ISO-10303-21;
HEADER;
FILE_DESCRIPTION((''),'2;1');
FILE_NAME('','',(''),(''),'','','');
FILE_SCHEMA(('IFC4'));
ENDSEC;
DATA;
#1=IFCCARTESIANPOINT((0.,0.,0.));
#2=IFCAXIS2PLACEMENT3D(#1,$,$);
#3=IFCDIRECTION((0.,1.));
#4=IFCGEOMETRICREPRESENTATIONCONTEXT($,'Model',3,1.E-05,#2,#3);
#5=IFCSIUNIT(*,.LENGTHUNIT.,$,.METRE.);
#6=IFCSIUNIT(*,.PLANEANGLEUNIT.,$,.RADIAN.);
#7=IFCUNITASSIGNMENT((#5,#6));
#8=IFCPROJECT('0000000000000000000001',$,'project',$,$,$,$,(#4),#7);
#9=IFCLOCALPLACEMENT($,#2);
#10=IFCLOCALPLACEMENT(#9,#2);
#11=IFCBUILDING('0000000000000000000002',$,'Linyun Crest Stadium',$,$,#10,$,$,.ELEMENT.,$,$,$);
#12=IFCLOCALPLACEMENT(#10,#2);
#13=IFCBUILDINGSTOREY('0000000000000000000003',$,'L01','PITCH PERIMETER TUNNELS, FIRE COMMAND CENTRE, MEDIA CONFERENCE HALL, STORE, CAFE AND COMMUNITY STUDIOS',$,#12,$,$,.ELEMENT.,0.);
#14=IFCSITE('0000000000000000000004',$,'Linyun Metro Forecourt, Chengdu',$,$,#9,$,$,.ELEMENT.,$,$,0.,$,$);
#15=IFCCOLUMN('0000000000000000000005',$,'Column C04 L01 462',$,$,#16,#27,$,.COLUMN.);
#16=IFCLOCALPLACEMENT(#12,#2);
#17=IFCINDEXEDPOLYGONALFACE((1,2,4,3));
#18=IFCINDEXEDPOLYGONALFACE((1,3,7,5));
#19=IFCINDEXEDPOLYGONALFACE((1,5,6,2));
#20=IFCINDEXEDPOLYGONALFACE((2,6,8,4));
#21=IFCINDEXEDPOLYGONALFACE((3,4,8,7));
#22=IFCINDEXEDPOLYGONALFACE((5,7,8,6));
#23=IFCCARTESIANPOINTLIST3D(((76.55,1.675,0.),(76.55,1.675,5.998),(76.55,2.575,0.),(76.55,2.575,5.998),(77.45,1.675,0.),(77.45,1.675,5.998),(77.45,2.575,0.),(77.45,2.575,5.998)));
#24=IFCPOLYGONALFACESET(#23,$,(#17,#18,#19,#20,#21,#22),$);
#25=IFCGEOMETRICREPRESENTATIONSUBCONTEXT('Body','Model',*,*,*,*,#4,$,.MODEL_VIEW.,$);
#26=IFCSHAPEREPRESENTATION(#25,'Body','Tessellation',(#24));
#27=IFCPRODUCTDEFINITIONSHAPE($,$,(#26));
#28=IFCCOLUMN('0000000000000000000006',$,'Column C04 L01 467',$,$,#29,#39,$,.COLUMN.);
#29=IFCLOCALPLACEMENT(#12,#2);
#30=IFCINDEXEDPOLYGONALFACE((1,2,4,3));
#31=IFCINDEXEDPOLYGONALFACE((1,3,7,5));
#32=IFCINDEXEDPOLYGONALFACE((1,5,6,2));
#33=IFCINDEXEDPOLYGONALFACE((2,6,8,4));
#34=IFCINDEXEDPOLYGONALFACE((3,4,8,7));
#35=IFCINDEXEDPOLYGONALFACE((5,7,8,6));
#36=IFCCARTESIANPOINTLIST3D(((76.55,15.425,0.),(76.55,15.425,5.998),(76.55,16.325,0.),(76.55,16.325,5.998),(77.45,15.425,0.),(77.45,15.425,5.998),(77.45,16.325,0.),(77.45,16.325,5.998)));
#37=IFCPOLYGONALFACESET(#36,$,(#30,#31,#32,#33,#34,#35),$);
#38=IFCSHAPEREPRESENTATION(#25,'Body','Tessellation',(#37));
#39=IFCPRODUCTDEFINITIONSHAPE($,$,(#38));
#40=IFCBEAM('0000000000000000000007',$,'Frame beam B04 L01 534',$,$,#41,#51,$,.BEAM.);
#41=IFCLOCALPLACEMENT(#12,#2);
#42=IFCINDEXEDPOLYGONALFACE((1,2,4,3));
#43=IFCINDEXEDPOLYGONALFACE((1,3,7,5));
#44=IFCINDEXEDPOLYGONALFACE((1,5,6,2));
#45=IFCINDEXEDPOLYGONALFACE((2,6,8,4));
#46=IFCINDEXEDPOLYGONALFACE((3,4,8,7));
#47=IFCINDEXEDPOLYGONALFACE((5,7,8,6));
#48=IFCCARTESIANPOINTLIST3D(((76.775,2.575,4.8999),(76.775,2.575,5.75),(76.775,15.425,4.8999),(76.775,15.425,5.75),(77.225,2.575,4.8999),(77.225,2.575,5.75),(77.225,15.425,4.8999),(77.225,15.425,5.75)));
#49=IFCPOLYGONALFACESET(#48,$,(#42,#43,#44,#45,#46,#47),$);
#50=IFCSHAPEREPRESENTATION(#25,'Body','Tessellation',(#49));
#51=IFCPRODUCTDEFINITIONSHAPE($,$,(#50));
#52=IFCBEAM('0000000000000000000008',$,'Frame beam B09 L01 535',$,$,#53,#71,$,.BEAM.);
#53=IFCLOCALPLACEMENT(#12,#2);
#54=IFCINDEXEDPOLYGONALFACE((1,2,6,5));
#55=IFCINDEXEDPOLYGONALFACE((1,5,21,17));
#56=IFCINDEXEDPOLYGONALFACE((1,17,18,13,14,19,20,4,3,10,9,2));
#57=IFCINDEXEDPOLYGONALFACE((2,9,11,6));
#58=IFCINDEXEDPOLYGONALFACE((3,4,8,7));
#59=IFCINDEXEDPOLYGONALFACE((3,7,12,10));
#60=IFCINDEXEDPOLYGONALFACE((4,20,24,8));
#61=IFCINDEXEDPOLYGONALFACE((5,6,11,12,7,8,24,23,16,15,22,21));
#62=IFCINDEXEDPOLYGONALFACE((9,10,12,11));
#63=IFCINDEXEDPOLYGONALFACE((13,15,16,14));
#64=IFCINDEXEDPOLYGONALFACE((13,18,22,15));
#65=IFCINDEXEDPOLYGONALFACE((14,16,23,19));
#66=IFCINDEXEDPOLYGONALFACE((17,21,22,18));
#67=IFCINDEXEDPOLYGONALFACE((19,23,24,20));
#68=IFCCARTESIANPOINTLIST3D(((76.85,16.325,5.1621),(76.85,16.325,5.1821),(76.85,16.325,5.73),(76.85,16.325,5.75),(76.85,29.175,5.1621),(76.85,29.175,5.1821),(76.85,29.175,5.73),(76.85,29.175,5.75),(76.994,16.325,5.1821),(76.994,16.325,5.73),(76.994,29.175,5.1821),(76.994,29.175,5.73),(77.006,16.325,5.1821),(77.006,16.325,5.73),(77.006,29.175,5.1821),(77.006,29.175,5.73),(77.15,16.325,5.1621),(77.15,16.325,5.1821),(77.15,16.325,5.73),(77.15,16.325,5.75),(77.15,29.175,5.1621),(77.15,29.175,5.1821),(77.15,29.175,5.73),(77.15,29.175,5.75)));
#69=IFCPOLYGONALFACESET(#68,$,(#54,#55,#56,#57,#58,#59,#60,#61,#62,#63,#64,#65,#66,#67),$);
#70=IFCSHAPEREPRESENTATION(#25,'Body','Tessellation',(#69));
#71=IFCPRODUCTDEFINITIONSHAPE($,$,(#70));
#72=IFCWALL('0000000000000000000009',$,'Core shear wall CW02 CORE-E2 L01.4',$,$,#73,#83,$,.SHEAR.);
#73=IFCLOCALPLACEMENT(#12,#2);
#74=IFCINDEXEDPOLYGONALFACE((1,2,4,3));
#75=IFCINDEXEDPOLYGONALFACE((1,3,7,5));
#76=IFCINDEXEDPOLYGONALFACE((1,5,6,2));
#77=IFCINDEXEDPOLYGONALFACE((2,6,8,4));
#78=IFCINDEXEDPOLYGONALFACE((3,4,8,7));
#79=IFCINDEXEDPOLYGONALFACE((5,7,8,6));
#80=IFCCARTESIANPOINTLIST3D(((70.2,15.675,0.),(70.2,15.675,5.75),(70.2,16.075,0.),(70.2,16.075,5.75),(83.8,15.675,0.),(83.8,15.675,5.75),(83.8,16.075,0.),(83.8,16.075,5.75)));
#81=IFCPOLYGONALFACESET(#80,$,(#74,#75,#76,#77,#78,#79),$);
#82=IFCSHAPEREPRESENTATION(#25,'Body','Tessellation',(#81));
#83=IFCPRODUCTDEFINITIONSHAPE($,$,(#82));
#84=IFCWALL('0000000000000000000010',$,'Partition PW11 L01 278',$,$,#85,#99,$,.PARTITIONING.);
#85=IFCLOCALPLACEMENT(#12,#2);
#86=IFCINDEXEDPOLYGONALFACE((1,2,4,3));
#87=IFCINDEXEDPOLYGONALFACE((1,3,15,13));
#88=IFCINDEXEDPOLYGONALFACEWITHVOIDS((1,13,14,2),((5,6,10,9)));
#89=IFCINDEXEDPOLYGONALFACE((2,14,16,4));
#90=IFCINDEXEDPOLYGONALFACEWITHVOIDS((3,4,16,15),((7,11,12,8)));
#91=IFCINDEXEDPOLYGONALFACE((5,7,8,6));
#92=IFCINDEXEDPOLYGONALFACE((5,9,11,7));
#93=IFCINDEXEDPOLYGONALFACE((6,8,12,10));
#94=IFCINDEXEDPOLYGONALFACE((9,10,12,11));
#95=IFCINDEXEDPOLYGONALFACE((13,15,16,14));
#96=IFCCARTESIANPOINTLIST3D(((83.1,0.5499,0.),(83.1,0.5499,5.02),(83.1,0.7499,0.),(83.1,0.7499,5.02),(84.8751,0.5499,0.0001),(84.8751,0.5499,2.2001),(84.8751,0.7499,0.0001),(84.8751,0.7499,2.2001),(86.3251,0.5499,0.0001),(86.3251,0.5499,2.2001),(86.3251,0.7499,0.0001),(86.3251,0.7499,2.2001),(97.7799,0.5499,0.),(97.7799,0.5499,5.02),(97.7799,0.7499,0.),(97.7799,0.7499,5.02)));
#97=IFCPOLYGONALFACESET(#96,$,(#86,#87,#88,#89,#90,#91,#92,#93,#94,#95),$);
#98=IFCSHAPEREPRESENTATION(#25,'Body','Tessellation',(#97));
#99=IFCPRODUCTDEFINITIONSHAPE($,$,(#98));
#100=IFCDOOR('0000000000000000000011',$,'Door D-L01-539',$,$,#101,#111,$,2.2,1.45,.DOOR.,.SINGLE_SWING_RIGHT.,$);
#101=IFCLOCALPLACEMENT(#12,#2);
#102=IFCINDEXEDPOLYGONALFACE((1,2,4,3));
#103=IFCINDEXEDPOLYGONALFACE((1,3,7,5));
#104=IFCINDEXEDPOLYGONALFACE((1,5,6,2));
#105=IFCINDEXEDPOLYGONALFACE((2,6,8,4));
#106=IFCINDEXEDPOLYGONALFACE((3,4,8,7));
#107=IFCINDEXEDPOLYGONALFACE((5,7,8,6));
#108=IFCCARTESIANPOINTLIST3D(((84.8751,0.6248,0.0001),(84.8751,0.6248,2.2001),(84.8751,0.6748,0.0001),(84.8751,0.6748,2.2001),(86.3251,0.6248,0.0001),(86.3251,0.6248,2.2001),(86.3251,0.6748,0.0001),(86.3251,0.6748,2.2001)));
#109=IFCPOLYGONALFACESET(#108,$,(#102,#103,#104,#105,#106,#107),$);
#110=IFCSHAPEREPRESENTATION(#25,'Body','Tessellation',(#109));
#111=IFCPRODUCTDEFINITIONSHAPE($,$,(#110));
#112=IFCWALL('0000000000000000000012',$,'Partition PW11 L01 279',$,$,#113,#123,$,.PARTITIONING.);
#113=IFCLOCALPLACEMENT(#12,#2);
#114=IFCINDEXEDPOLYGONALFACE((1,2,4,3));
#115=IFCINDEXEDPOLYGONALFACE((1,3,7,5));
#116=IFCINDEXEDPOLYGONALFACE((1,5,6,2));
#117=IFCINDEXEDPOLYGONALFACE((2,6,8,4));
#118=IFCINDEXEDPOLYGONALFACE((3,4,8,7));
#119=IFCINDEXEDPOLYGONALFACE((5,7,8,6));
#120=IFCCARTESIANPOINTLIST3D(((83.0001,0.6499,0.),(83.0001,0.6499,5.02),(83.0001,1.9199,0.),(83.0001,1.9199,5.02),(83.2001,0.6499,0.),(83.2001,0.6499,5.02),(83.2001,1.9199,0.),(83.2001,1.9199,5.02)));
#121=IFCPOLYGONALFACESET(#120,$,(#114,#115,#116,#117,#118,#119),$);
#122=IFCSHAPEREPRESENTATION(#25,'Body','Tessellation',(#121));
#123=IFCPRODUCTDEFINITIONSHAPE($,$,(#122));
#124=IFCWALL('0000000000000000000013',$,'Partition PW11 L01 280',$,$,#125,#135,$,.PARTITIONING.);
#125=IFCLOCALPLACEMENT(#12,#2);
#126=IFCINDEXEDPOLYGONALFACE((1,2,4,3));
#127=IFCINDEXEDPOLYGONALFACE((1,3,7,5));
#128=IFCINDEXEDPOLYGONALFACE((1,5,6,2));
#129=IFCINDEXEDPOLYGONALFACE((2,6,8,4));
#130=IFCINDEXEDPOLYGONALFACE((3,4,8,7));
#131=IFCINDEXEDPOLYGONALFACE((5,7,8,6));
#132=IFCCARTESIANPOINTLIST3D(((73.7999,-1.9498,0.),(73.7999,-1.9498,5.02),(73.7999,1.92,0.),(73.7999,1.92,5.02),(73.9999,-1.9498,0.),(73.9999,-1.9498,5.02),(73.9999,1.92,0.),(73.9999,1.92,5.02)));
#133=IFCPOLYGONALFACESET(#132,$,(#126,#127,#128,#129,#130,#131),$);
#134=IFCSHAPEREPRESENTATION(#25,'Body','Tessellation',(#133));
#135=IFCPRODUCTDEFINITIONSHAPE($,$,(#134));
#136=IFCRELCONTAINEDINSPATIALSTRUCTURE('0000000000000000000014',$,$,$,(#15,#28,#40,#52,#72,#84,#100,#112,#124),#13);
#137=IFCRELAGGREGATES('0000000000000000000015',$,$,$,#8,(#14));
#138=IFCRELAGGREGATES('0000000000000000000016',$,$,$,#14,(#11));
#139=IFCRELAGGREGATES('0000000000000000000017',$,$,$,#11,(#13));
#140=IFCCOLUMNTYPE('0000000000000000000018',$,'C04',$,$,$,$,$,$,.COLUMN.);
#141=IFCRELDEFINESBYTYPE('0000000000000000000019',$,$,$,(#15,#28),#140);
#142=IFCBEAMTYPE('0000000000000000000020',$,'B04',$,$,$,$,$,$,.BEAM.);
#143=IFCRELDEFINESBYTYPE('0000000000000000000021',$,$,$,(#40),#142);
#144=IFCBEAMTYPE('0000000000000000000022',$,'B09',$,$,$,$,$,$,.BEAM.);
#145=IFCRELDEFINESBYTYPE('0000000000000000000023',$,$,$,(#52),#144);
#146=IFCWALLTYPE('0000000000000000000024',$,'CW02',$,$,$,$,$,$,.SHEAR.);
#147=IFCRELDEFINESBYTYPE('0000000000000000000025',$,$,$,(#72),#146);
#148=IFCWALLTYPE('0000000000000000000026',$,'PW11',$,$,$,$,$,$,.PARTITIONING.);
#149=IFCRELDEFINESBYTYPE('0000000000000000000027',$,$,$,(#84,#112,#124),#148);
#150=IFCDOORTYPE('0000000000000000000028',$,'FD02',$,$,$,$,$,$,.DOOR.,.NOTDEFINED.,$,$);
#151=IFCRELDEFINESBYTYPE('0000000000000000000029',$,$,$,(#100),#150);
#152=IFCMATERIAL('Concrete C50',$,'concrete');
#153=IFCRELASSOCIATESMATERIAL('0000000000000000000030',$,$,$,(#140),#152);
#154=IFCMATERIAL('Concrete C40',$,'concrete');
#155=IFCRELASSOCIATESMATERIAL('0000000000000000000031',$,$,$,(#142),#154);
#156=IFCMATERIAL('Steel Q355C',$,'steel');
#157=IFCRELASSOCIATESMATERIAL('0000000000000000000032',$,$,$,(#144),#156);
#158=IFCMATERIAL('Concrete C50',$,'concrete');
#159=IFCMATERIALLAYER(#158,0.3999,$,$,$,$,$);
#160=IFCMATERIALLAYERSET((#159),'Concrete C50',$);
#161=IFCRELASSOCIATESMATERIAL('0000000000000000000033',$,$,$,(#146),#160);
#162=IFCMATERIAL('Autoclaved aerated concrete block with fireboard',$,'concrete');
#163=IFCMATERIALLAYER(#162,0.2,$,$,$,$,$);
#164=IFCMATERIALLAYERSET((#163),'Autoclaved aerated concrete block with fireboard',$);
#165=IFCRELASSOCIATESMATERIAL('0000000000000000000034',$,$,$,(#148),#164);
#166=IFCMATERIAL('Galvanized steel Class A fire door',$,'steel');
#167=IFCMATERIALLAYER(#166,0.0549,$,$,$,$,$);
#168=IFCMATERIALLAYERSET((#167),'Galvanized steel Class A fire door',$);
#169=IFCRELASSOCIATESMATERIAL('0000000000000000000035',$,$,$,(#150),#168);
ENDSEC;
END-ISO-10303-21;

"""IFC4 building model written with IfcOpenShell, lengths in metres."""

from ifc_helpers import new_model, si_unit, direction, frame, frame_2d, origin, origin_2d, place, context, subcontext, project, spatial, rectangle, i_section, extrude, material, layer, layer_set, material_profile, profile_set, type_object, element, fill, save


model = new_model("IFC4")

# Units and contexts
model_context = context("Model", 3, precision=1e-05, world=origin(), true_north=direction((0.0, 1.0)))
body_context = subcontext(model_context, "Body", "Model", "MODEL_VIEW")
ifc_project = project(units=[si_unit("LENGTHUNIT", "METRE"), si_unit("PLANEANGLEUNIT", "RADIAN")], contexts=[model_context])

# Site, building, storey
site_placement = place(None, origin())
site = spatial("IfcSite", under=ifc_project, at=site_placement, Name="Linyun Metro Forecourt, Chengdu", CompositionType="ELEMENT", RefElevation=0.0)
building_placement = place(site_placement, origin())
building = spatial("IfcBuilding", under=site, at=building_placement, Name="Linyun Crest Stadium", CompositionType="ELEMENT")
storey_placement = place(building_placement, origin())
storey = spatial("IfcBuildingStorey", under=building, at=storey_placement, Name="L01", Description="PITCH PERIMETER TUNNELS, FIRE COMMAND CENTRE, MEDIA CONFERENCE HALL, STORE, CAFE AND COMMUNITY STUDIOS", CompositionType="ELEMENT", Elevation=0.0)

# Columns
ifc_material_1 = material(Name="Concrete C50", Category="concrete")
ifc_material_profile_1 = material_profile(ifc_material_1, rectangle(XDim=0.8999, YDim=0.8999, at=origin_2d()), Name="RC 900x900")
ifc_profile_set_1 = profile_set([ifc_material_profile_1], Name="Concrete C50")
column_type = type_object("IfcColumnType", Name="C04", PredefinedType="COLUMN", material=ifc_profile_set_1)
for number, where, z_axis, x_axis, name in (
    (1, (77.0, 2.125, 0.0), (0.0, 0.0, 1.0), (1.0, 0.0, 0.0), "Column C04 L01 462"),
    (2, (77.0, 15.875, 0.0), (0.0, 0.0, 1.0), (1.0, 0.0, 0.0), "Column C04 L01 467"),
):
    element("IfcColumn", number, at=place(storey_placement, frame(where, z_axis=z_axis, x_axis=x_axis)), inside=storey, type_object=column_type, Name=name, PredefinedType="COLUMN", context=body_context, shape_type="SweptSolid", body=[
        extrude(rectangle(XDim=0.8999, YDim=0.8999, at=origin_2d()), origin(), (0.0, 0.0, 1.0), 5.998),
    ])

# Beams
ifc_material_2 = material(Name="Concrete C40", Category="concrete")
ifc_material_profile_2 = material_profile(ifc_material_2, rectangle(XDim=0.45, YDim=0.8501, at=origin_2d()), Name="RCB 850x450")
ifc_profile_set_2 = profile_set([ifc_material_profile_2], Name="Concrete C40")
beam_type_1 = type_object("IfcBeamType", Name="B04", PredefinedType="BEAM", material=ifc_profile_set_2)
beam_1_placement = place(storey_placement, frame((77.0, 2.575, 5.325), z_axis=(0.0, 1.0, 0.0), x_axis=(-1.0, 0.0, 0.0)))
element("IfcBeam", 3, at=beam_1_placement, inside=storey, type_object=beam_type_1, Name="Frame beam B04 L01 534", PredefinedType="BEAM", context=body_context, shape_type="SweptSolid", body=[
    extrude(rectangle(XDim=0.45, YDim=0.8501, at=origin_2d()), origin(), (0.0, 0.0, 1.0), 12.8501),
])
ifc_material_3 = material(Name="Steel Q355C", Category="steel")
ifc_material_profile_3 = material_profile(ifc_material_3, i_section(OverallWidth=0.3, OverallDepth=0.5879, WebThickness=0.012, FlangeThickness=0.02, at=origin_2d()), Name="HM 588x300")
ifc_profile_set_3 = profile_set([ifc_material_profile_3], Name="Steel Q355C")
beam_type_2 = type_object("IfcBeamType", Name="B09", PredefinedType="BEAM", material=ifc_profile_set_3)
beam_2_placement = place(storey_placement, frame((77.0, 16.325, 5.4561), z_axis=(0.0, 1.0, 0.0), x_axis=(-1.0, 0.0, 0.0)))
element("IfcBeam", 4, at=beam_2_placement, inside=storey, type_object=beam_type_2, Name="Frame beam B09 L01 535", PredefinedType="BEAM", context=body_context, shape_type="SweptSolid", body=[
    extrude(i_section(OverallWidth=0.3, OverallDepth=0.5879, WebThickness=0.012, FlangeThickness=0.02, at=origin_2d()), origin(), (0.0, 0.0, 1.0), 12.8501),
])

# Wall
ifc_material_4 = material(Name="Concrete C50", Category="concrete")
ifc_layer_1 = layer(ifc_material_4, 0.3999)
ifc_layer_set_1 = layer_set([ifc_layer_1], Name="Concrete C50")
wall_type_1 = type_object("IfcWallType", Name="CW02", PredefinedType="SHEAR", material=ifc_layer_set_1)
wall_1_placement = place(storey_placement, frame((70.2, 15.875, 0.0), z_axis=(0.0, 0.0, 1.0), x_axis=(1.0, 0.0, 0.0)))
element("IfcWall", 5, at=wall_1_placement, inside=storey, type_object=wall_type_1, Name="Core shear wall CW02 CORE-E2 L01.4", PredefinedType="SHEAR", context=body_context, shape_type="SweptSolid", body=[
    extrude(rectangle(XDim=13.6001, YDim=0.3999, at=frame_2d((6.8, 0.0))), origin(), (0.0, 0.0, 1.0), 5.75),
])

# Wall, opening, door
ifc_material_5 = material(Name="Autoclaved aerated concrete block with fireboard", Category="concrete")
ifc_layer_2 = layer(ifc_material_5, 0.2)
ifc_layer_set_2 = layer_set([ifc_layer_2], Name="Autoclaved aerated concrete block with fireboard")
wall_type_2 = type_object("IfcWallType", Name="PW11", PredefinedType="PARTITIONING", material=ifc_layer_set_2)
wall_2_placement = place(storey_placement, frame((83.1001, 0.6499, 0.0), z_axis=(0.0, 0.0, 1.0), x_axis=(1.0, 0.0, 0.0)))
wall_2 = element("IfcWall", 6, at=wall_2_placement, inside=storey, type_object=wall_type_2, Name="Partition PW11 L01 278", PredefinedType="PARTITIONING", context=body_context, shape_type="SweptSolid", body=[
    extrude(rectangle(XDim=14.6799, YDim=0.2, at=frame_2d((7.3398, 0.0))), origin(), (0.0, 0.0, 1.0), 5.02),
])
opening_1_placement = place(wall_2_placement, frame((1.7749, 0.0, 0.0)))
opening_1 = element("IfcOpeningElement", 7, at=opening_1_placement, cuts=wall_2, PredefinedType="OPENING", context=body_context, shape_type="SweptSolid", body=[
    extrude(rectangle(XDim=1.45, YDim=2.2, at=frame_2d((0.7251, 1.1001))), frame((0.0, 0.1099, 0.0), z_axis=(0.0, -1.0, 0.0), x_axis=(1.0, 0.0, 0.0)), (0.0, 0.0, 1.0), 0.22),
])
ifc_material_6 = material(Name="Galvanized steel Class A fire door", Category="steel")
ifc_layer_3 = layer(ifc_material_6, 0.0549)
ifc_layer_set_3 = layer_set([ifc_layer_3], Name="Galvanized steel Class A fire door")
door_type_1 = type_object("IfcDoorType", Name="FD02", OperationType="NOTDEFINED", PredefinedType="DOOR", material=ifc_layer_set_3)
door_1_placement = place(opening_1_placement, origin())
door_1 = element("IfcDoor", 8, at=door_1_placement, inside=storey, type_object=door_type_1, Name="Door D-L01-539", OperationType="SINGLE_SWING_RIGHT", OverallHeight=2.2, OverallWidth=1.45, PredefinedType="DOOR", context=body_context, shape_type="SweptSolid", body=[
    extrude(rectangle(XDim=1.45, YDim=2.2, at=frame_2d((0.7251, 1.1001))), frame((0.0, 0.0249, 0.0), z_axis=(0.0, -1.0, 0.0), x_axis=(1.0, 0.0, 0.0)), (0.0, 0.0, 1.0), 0.05),
])
fill(opening_1, door_1)

# Walls
wall_3_placement = place(storey_placement, frame((83.1001, 0.6499, 0.0), z_axis=(0.0, 0.0, 1.0), x_axis=(0.0, 1.0, 0.0)))
element("IfcWall", 9, at=wall_3_placement, inside=storey, type_object=wall_type_2, Name="Partition PW11 L01 279", PredefinedType="PARTITIONING", context=body_context, shape_type="SweptSolid", body=[
    extrude(rectangle(XDim=1.27, YDim=0.2, at=frame_2d((0.635, 0.0))), origin(), (0.0, 0.0, 1.0), 5.02),
])
wall_4_placement = place(storey_placement, frame((73.8999, -1.95, 0.0), z_axis=(0.0, 0.0, 1.0), x_axis=(0.0, 1.0, 0.0)))
element("IfcWall", 10, at=wall_4_placement, inside=storey, type_object=wall_type_2, Name="Partition PW11 L01 280", PredefinedType="PARTITIONING", context=body_context, shape_type="SweptSolid", body=[
    extrude(rectangle(XDim=3.8699, YDim=0.2, at=frame_2d((1.9351, 0.0))), origin(), (0.0, 0.0, 1.0), 5.02),
])

save(model, "model.ifc")
